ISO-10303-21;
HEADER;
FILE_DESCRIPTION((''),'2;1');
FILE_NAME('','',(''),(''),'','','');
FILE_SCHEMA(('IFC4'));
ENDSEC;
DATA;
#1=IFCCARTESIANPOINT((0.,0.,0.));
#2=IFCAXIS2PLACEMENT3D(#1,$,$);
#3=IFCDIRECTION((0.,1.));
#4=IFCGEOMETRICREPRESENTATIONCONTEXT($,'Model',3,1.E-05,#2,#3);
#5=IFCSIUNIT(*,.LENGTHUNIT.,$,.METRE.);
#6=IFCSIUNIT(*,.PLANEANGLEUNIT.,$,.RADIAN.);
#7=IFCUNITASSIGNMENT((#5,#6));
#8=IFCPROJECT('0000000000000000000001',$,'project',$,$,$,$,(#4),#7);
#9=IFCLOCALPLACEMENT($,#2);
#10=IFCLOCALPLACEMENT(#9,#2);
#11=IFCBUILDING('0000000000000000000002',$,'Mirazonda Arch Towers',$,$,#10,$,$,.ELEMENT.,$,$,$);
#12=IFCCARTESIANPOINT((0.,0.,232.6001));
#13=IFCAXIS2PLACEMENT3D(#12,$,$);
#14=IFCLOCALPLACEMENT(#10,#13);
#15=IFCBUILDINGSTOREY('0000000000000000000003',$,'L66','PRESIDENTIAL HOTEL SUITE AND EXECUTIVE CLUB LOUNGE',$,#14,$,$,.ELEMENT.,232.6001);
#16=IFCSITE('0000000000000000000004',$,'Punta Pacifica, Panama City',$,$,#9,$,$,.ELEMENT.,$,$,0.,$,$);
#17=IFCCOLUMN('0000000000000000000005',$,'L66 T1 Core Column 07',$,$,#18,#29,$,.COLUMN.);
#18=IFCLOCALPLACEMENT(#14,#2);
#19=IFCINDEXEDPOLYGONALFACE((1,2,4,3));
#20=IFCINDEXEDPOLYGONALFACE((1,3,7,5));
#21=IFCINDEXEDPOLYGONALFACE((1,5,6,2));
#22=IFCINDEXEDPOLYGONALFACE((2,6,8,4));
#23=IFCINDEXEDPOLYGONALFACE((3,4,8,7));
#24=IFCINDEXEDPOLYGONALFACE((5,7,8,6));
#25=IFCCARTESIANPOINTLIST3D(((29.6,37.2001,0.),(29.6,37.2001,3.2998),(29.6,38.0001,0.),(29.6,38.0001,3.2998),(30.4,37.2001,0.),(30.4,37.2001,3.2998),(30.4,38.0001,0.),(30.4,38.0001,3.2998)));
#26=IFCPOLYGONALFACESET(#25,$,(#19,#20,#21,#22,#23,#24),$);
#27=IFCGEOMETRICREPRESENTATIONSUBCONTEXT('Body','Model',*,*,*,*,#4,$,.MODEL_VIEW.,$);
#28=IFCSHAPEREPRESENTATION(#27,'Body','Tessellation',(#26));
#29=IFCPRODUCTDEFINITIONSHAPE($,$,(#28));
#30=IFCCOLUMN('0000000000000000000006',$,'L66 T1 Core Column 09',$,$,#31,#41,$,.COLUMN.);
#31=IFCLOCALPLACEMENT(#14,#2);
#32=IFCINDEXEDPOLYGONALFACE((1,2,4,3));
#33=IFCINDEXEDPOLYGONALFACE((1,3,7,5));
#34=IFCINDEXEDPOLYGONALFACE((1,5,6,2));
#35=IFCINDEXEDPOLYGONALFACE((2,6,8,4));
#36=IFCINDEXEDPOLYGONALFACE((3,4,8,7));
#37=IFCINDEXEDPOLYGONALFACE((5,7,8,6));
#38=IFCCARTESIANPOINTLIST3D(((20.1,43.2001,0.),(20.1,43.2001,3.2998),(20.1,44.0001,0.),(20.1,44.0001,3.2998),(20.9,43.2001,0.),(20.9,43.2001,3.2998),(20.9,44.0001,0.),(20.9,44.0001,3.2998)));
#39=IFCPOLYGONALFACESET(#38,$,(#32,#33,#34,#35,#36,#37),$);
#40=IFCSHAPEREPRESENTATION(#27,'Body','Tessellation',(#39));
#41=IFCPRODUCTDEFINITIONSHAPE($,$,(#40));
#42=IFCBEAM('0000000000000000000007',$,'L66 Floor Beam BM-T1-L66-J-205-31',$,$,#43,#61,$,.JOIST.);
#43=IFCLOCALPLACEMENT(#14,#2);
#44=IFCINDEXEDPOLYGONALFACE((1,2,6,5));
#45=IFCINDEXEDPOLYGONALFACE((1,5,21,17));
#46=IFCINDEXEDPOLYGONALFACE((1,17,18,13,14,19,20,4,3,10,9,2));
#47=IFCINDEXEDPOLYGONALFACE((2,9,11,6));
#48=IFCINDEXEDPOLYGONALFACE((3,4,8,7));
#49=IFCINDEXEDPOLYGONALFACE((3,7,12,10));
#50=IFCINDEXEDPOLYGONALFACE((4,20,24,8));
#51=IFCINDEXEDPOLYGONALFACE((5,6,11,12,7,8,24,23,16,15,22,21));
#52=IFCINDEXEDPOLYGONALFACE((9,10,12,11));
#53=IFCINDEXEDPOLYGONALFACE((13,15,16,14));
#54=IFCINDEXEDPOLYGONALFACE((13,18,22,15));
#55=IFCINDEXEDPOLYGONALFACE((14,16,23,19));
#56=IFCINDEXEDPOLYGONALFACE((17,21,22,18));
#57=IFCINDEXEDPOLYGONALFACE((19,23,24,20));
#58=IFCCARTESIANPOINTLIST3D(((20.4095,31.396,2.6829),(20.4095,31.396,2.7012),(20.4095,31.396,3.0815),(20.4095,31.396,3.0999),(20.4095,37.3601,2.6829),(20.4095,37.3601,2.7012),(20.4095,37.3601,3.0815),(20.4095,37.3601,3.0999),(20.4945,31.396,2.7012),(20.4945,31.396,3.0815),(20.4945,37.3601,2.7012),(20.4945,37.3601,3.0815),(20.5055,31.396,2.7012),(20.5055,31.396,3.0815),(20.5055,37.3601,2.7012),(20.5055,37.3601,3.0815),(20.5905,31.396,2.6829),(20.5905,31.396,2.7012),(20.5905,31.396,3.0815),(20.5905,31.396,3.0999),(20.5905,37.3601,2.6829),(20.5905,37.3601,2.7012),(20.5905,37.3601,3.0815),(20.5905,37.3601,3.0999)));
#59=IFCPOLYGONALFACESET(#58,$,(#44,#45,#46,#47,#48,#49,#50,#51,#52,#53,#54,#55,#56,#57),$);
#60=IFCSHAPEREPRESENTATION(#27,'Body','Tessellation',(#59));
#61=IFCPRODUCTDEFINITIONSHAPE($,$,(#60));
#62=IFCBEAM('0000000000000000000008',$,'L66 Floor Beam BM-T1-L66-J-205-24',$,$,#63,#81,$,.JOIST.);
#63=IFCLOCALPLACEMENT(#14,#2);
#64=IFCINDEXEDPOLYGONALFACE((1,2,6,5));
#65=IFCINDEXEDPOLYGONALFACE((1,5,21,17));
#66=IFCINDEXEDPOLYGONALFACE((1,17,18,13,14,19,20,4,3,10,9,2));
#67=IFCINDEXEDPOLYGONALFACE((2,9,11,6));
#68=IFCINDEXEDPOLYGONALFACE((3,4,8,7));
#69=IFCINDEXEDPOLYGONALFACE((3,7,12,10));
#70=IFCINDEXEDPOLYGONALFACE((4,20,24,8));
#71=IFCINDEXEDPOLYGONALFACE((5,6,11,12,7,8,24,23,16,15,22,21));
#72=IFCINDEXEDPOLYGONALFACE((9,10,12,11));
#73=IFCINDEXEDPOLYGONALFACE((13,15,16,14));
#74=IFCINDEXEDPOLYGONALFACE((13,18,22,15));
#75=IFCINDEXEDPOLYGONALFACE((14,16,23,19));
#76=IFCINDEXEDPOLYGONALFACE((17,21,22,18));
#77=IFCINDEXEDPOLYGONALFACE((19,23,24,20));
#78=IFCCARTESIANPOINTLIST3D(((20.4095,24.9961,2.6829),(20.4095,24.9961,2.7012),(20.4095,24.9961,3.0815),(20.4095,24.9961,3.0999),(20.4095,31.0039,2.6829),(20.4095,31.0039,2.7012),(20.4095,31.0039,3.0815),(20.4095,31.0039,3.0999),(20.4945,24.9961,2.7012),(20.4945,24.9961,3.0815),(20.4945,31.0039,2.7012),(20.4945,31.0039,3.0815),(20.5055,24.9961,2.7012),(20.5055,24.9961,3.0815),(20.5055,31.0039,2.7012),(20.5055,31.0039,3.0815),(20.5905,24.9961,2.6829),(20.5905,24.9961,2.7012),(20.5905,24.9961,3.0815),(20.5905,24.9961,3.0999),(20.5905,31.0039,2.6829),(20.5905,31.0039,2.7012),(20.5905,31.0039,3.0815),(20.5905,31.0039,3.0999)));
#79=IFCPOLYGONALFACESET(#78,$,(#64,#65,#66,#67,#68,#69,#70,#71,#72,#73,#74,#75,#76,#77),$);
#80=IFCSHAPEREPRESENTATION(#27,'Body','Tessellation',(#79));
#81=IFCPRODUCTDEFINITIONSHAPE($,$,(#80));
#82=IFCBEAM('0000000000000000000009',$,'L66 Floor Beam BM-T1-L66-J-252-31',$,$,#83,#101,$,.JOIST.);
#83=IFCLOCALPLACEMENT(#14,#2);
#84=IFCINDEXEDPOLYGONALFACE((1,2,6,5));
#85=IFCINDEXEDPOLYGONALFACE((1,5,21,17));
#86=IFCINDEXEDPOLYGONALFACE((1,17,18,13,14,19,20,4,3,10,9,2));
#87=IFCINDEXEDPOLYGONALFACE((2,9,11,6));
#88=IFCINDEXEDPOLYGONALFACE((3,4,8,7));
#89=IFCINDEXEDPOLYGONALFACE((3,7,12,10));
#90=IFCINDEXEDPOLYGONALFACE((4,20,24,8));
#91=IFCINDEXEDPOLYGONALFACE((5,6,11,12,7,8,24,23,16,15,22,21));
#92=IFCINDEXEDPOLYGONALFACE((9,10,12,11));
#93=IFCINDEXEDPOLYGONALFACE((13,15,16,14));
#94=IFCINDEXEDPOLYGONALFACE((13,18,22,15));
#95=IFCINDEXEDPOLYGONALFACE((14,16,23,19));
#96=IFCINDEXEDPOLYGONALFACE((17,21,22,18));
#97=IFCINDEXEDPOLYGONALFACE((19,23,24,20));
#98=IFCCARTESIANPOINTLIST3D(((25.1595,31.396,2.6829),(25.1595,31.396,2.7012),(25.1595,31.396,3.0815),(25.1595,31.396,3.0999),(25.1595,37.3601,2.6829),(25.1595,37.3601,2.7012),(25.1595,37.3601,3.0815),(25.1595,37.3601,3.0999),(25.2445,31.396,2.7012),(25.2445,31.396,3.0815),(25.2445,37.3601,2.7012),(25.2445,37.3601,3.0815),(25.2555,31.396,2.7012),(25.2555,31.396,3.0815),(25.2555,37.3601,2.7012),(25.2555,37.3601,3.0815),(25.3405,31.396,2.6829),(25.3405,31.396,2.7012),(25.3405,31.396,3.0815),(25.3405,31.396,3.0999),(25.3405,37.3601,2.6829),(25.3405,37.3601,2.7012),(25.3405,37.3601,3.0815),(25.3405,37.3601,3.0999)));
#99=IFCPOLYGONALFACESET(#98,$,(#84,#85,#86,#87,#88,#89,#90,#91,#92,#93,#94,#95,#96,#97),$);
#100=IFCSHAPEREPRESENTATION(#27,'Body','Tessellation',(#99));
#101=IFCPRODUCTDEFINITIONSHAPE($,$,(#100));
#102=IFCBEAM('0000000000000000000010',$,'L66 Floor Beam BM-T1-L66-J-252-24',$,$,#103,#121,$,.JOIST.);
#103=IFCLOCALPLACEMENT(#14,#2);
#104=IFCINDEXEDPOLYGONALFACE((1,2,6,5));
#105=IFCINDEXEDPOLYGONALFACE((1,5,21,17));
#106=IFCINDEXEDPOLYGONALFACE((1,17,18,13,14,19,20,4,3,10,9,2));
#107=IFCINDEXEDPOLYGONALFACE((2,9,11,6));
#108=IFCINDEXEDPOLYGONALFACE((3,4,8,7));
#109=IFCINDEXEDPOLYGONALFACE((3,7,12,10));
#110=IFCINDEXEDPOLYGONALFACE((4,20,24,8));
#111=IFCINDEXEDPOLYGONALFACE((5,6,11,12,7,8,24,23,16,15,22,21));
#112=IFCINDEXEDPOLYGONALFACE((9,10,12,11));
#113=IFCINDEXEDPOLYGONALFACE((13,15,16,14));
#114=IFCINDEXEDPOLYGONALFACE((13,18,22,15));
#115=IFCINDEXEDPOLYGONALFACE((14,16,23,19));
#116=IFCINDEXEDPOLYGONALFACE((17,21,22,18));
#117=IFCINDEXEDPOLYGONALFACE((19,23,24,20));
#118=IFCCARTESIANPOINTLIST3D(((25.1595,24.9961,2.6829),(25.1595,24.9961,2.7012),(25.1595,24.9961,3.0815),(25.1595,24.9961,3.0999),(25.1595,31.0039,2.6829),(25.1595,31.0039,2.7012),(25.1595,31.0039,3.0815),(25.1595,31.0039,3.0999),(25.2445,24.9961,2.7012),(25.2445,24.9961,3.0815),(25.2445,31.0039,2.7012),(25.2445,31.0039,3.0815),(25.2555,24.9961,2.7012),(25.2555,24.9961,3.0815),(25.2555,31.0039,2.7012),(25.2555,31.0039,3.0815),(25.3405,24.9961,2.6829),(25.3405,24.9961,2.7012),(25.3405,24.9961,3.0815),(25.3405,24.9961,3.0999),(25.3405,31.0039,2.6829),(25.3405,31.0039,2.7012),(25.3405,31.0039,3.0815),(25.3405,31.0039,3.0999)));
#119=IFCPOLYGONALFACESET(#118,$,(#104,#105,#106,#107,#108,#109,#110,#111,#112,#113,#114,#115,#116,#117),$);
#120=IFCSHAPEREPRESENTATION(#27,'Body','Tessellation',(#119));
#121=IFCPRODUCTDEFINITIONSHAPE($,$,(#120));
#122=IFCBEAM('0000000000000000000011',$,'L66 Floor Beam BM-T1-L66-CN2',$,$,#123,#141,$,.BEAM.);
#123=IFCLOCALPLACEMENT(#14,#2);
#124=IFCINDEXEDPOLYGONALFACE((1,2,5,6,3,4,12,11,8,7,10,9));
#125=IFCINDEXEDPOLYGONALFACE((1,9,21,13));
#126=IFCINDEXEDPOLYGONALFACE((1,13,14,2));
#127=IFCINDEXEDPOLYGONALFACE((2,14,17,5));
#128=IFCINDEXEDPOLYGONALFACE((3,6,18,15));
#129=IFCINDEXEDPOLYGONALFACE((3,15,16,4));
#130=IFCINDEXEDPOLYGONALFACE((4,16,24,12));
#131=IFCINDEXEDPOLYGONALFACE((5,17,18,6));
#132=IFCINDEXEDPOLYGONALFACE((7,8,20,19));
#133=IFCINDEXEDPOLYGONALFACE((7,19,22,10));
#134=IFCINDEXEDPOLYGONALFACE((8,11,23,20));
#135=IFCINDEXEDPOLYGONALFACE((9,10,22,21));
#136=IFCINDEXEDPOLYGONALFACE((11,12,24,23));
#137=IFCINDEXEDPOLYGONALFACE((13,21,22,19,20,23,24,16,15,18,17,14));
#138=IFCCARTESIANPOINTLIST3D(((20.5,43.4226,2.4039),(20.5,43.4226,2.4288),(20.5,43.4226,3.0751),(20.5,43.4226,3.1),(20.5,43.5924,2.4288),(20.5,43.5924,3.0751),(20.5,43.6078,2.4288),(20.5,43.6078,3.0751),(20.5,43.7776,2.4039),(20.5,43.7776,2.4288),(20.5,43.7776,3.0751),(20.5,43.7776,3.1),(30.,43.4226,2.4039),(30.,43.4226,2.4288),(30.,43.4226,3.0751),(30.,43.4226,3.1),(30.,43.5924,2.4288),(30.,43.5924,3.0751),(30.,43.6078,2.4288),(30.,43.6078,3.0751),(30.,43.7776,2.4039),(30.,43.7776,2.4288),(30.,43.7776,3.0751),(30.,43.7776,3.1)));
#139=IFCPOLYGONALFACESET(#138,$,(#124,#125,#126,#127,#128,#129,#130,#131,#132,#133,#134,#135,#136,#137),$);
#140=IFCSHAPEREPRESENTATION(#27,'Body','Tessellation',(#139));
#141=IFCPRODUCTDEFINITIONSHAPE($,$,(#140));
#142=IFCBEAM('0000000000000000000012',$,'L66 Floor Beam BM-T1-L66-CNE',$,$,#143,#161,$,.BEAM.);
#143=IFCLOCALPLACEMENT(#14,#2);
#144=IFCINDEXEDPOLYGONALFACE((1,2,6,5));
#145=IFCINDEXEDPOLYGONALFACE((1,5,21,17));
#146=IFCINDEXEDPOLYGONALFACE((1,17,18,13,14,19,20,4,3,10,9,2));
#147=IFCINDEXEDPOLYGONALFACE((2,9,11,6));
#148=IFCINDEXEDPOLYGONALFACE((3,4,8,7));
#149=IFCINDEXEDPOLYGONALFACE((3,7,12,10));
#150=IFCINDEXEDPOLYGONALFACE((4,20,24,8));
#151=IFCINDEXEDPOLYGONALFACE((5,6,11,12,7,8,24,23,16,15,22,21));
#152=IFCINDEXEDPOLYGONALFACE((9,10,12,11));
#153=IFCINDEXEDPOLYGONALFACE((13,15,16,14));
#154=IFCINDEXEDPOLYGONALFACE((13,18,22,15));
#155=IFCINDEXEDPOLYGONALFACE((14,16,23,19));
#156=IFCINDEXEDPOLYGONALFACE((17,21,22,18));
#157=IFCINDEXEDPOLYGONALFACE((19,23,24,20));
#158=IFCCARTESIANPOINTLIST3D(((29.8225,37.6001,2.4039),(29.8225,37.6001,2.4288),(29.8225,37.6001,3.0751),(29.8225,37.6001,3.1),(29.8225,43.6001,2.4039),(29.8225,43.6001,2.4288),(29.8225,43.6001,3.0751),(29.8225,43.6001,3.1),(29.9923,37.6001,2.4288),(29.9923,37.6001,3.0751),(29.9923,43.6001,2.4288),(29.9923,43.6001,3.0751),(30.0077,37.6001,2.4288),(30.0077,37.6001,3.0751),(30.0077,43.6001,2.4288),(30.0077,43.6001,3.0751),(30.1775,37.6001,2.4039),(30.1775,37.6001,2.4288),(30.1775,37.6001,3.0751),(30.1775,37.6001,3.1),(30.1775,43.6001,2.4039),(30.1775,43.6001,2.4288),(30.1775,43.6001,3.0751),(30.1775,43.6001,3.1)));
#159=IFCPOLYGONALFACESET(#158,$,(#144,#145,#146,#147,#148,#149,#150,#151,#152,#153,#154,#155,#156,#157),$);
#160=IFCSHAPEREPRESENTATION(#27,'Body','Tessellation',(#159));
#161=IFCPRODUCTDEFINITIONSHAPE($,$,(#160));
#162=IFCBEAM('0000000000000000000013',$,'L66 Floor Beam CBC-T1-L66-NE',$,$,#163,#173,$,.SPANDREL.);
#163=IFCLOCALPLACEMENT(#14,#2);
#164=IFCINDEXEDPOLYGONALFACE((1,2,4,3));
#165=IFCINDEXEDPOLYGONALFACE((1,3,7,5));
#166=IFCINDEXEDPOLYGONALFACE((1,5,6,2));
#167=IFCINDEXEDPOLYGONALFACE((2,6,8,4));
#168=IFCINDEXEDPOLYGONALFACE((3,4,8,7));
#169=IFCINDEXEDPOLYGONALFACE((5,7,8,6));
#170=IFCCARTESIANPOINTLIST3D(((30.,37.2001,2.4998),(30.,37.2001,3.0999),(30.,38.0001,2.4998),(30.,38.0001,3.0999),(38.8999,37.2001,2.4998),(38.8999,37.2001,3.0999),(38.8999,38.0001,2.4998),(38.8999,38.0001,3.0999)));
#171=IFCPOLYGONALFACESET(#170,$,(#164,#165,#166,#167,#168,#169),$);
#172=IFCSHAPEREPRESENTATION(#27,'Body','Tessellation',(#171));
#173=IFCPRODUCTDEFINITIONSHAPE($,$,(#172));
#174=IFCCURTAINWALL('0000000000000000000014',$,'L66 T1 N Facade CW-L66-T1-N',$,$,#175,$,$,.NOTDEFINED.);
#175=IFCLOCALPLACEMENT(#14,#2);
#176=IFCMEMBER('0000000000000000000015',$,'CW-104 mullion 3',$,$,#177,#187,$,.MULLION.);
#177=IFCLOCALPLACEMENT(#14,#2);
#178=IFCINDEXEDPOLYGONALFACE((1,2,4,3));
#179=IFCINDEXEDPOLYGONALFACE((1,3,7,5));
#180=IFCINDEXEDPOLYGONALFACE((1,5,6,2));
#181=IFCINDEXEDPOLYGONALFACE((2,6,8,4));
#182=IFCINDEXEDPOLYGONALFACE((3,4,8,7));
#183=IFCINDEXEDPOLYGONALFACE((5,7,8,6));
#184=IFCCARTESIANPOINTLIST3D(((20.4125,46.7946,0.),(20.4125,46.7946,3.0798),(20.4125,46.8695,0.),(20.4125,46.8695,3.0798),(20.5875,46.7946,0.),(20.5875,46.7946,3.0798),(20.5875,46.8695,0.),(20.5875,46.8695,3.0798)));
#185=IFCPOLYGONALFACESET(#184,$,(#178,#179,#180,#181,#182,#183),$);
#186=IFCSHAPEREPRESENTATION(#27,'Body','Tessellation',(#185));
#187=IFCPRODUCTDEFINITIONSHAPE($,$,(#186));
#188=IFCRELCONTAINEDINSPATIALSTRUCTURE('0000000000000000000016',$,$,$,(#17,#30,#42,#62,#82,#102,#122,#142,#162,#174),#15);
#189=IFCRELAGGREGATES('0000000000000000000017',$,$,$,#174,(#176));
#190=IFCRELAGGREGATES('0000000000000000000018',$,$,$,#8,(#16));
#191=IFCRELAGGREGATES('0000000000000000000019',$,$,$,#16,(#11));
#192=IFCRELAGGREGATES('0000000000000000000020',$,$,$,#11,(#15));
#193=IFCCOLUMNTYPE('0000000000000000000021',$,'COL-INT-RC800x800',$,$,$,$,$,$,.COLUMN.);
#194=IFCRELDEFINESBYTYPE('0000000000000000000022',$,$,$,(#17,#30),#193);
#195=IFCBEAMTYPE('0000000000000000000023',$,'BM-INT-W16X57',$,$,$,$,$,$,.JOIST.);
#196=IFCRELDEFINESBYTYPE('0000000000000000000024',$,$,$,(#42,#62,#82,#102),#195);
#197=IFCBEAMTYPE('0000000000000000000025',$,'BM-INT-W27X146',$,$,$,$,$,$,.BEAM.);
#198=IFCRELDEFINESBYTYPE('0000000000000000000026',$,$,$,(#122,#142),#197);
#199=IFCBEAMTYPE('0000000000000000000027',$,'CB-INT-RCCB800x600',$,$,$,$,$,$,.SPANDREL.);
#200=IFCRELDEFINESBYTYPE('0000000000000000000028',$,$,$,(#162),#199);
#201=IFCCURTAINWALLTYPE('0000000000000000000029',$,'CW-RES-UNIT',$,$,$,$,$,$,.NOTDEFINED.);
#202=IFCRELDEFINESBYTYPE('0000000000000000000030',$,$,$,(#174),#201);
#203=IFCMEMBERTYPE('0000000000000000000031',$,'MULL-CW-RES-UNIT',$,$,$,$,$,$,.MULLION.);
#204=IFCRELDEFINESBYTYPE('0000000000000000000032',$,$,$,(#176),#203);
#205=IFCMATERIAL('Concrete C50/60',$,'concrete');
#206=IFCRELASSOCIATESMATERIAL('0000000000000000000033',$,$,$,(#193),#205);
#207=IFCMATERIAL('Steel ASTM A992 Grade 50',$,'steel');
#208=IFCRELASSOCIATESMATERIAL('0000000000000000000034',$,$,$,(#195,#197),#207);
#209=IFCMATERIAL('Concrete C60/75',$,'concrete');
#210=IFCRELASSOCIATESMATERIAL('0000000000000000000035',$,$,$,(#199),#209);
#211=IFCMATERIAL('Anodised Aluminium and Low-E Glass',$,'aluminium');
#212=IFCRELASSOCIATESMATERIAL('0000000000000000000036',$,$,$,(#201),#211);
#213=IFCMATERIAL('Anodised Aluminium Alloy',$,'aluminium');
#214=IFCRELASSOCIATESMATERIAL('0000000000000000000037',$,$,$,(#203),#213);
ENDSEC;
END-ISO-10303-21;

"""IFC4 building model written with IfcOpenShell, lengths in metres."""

from ifc_helpers import new_model, si_unit, direction, frame, origin, origin_2d, place, context, subcontext, project, spatial, rectangle, i_section, extrude, material, material_profile, profile_set, type_object, element, aggregate, save


model = new_model("IFC4")

# Units and contexts
model_context = context("Model", 3, precision=1e-05, world=origin(), true_north=direction((0.0, 1.0)))
body_context = subcontext(model_context, "Body", "Model", "MODEL_VIEW")
ifc_project = project(units=[si_unit("LENGTHUNIT", "METRE"), si_unit("PLANEANGLEUNIT", "RADIAN")], contexts=[model_context])

# Site, building, storey
site_placement = place(None, origin())
site = spatial("IfcSite", under=ifc_project, at=site_placement, Name="Punta Pacifica, Panama City", CompositionType="ELEMENT", RefElevation=0.0)
building_placement = place(site_placement, origin())
building = spatial("IfcBuilding", under=site, at=building_placement, Name="Mirazonda Arch Towers", CompositionType="ELEMENT")
storey_placement = place(building_placement, frame((0.0, 0.0, 232.6001)))
storey = spatial("IfcBuildingStorey", under=building, at=storey_placement, Name="L66", Description="PRESIDENTIAL HOTEL SUITE AND EXECUTIVE CLUB LOUNGE", CompositionType="ELEMENT", Elevation=232.6001)

# Columns
ifc_material_1 = material(Name="Concrete C50/60", Category="concrete")
ifc_material_profile_1 = material_profile(ifc_material_1, rectangle(XDim=0.8, YDim=0.8, at=origin_2d()), Name="RC800x800")
ifc_profile_set_1 = profile_set([ifc_material_profile_1], Name="Concrete C50/60")
column_type = type_object("IfcColumnType", Name="COL-INT-RC800x800", PredefinedType="COLUMN", material=ifc_profile_set_1)
for number, where, z_axis, x_axis, name in (
    (1, (30.0, 37.6001, 0.0), (0.0, 0.0, 1.0), (1.0, 0.0, 0.0), "L66 T1 Core Column 07"),
    (2, (20.5, 43.6001, 0.0), (0.0, 0.0, 1.0), (1.0, 0.0, 0.0), "L66 T1 Core Column 09"),
):
    element("IfcColumn", number, at=place(storey_placement, frame(where, z_axis=z_axis, x_axis=x_axis)), inside=storey, type_object=column_type, Name=name, PredefinedType="COLUMN", context=body_context, shape_type="SweptSolid", body=[
        extrude(rectangle(XDim=0.8, YDim=0.8, at=origin_2d()), origin(), (0.0, 0.0, 1.0), 3.2998),
    ])

# Beams
ifc_material_2 = material(Name="Steel ASTM A992 Grade 50", Category="steel")
ifc_material_profile_2 = material_profile(ifc_material_2, i_section(OverallWidth=0.1809, OverallDepth=0.417, WebThickness=0.011, FlangeThickness=0.0183, at=origin_2d()), Name="W16X57")
ifc_profile_set_2 = profile_set([ifc_material_profile_2], Name="Steel ASTM A992 Grade 50")
beam_type_1 = type_object("IfcBeamType", Name="BM-INT-W16X57", PredefinedType="JOIST", material=ifc_profile_set_2)
beam_1_placement = place(storey_placement, frame((20.5, 31.396, 2.8914), z_axis=(0.0, 1.0, 0.0), x_axis=(-1.0, 0.0, 0.0)))
element("IfcBeam", 3, at=beam_1_placement, inside=storey, type_object=beam_type_1, Name="L66 Floor Beam BM-T1-L66-J-205-31", PredefinedType="JOIST", context=body_context, shape_type="SweptSolid", body=[
    extrude(i_section(OverallWidth=0.1809, OverallDepth=0.417, WebThickness=0.011, FlangeThickness=0.0183, at=origin_2d()), origin(), (0.0, 0.0, 1.0), 5.9641),
])
beam_2_placement = place(storey_placement, frame((20.5, 24.9961, 2.8914), z_axis=(0.0, 1.0, 0.0), x_axis=(-1.0, 0.0, 0.0)))
element("IfcBeam", 4, at=beam_2_placement, inside=storey, type_object=beam_type_1, Name="L66 Floor Beam BM-T1-L66-J-205-24", PredefinedType="JOIST", context=body_context, shape_type="SweptSolid", body=[
    extrude(i_section(OverallWidth=0.1809, OverallDepth=0.417, WebThickness=0.011, FlangeThickness=0.0183, at=origin_2d()), origin(), (0.0, 0.0, 1.0), 6.0078),
])
beam_3_placement = place(storey_placement, frame((25.25, 31.396, 2.8914), z_axis=(0.0, 1.0, 0.0), x_axis=(-1.0, 0.0, 0.0)))
element("IfcBeam", 5, at=beam_3_placement, inside=storey, type_object=beam_type_1, Name="L66 Floor Beam BM-T1-L66-J-252-31", PredefinedType="JOIST", context=body_context, shape_type="SweptSolid", body=[
    extrude(i_section(OverallWidth=0.1809, OverallDepth=0.417, WebThickness=0.011, FlangeThickness=0.0183, at=origin_2d()), origin(), (0.0, 0.0, 1.0), 5.9641),
])
beam_4_placement = place(storey_placement, frame((25.25, 24.9961, 2.8914), z_axis=(0.0, 1.0, 0.0), x_axis=(-1.0, 0.0, 0.0)))
element("IfcBeam", 6, at=beam_4_placement, inside=storey, type_object=beam_type_1, Name="L66 Floor Beam BM-T1-L66-J-252-24", PredefinedType="JOIST", context=body_context, shape_type="SweptSolid", body=[
    extrude(i_section(OverallWidth=0.1809, OverallDepth=0.417, WebThickness=0.011, FlangeThickness=0.0183, at=origin_2d()), origin(), (0.0, 0.0, 1.0), 6.0078),
])
ifc_material_profile_3 = material_profile(ifc_material_2, i_section(OverallWidth=0.355, OverallDepth=0.696, WebThickness=0.0154, FlangeThickness=0.0249, at=origin_2d()), Name="W27X146")
ifc_profile_set_3 = profile_set([ifc_material_profile_3], Name="Steel ASTM A992 Grade 50")
beam_type_2 = type_object("IfcBeamType", Name="BM-INT-W27X146", PredefinedType="BEAM", material=ifc_profile_set_3)
beam_5_placement = place(storey_placement, frame((20.5, 43.6001, 2.752), z_axis=(1.0, 0.0, 0.0), x_axis=(0.0, 1.0, 0.0)))
element("IfcBeam", 7, at=beam_5_placement, inside=storey, type_object=beam_type_2, Name="L66 Floor Beam BM-T1-L66-CN2", PredefinedType="BEAM", context=body_context, shape_type="SweptSolid", body=[
    extrude(i_section(OverallWidth=0.355, OverallDepth=0.696, WebThickness=0.0154, FlangeThickness=0.0249, at=origin_2d()), origin(), (0.0, 0.0, 1.0), 9.5),
])
beam_6_placement = place(storey_placement, frame((30.0, 37.6001, 2.752), z_axis=(0.0, 1.0, 0.0), x_axis=(-1.0, 0.0, 0.0)))
element("IfcBeam", 8, at=beam_6_placement, inside=storey, type_object=beam_type_2, Name="L66 Floor Beam BM-T1-L66-CNE", PredefinedType="BEAM", context=body_context, shape_type="SweptSolid", body=[
    extrude(i_section(OverallWidth=0.355, OverallDepth=0.696, WebThickness=0.0154, FlangeThickness=0.0249, at=origin_2d()), origin(), (0.0, 0.0, 1.0), 6.0),
])
ifc_material_3 = material(Name="Concrete C60/75", Category="concrete")
ifc_material_profile_4 = material_profile(ifc_material_3, rectangle(XDim=0.8, YDim=0.6001, at=origin_2d()), Name="RCCB800x600")
ifc_profile_set_4 = profile_set([ifc_material_profile_4], Name="Concrete C60/75")
beam_type_3 = type_object("IfcBeamType", Name="CB-INT-RCCB800x600", PredefinedType="SPANDREL", material=ifc_profile_set_4)
beam_7_placement = place(storey_placement, frame((30.0, 37.6001, 2.7998), z_axis=(1.0, 0.0, 0.0), x_axis=(0.0, 1.0, 0.0)))
element("IfcBeam", 9, at=beam_7_placement, inside=storey, type_object=beam_type_3, Name="L66 Floor Beam CBC-T1-L66-NE", PredefinedType="SPANDREL", context=body_context, shape_type="SweptSolid", body=[
    extrude(rectangle(XDim=0.8, YDim=0.6001, at=origin_2d()), origin(), (0.0, 0.0, 1.0), 8.8999),
])

# Curtain wall, member
ifc_material_4 = material(Name="Anodised Aluminium and Low-E Glass", Category="aluminium")
curtain_wall_type = type_object("IfcCurtainWallType", Name="CW-RES-UNIT", PredefinedType="NOTDEFINED", material=ifc_material_4)
curtain_wall_placement = place(storey_placement, origin())
curtain_wall = element("IfcCurtainWall", 10, at=curtain_wall_placement, inside=storey, type_object=curtain_wall_type, Name="L66 T1 N Facade CW-L66-T1-N", PredefinedType="NOTDEFINED")
ifc_material_5 = material(Name="Anodised Aluminium Alloy", Category="aluminium")
ifc_material_profile_5 = material_profile(ifc_material_5, rectangle(XDim=0.075, YDim=0.175, at=origin_2d()), Name="ALU-MULL-75x175")
ifc_profile_set_5 = profile_set([ifc_material_profile_5], Name="Anodised Aluminium Alloy")
member_type_1 = type_object("IfcMemberType", Name="MULL-CW-RES-UNIT", PredefinedType="MULLION", material=ifc_profile_set_5)
member_1_placement = place(storey_placement, frame((20.5, 46.832, 0.0), z_axis=(0.0, 0.0, 1.0), x_axis=(0.0, 1.0, 0.0)))
member_1 = element("IfcMember", 11, at=member_1_placement, type_object=member_type_1, Name="CW-104 mullion 3", PredefinedType="MULLION", context=body_context, shape_type="SweptSolid", body=[
    extrude(rectangle(XDim=0.075, YDim=0.175, at=origin_2d()), origin(), (0.0, 0.0, 1.0), 3.0798),
])
aggregate(curtain_wall, [member_1])

save(model, "model.ifc")
